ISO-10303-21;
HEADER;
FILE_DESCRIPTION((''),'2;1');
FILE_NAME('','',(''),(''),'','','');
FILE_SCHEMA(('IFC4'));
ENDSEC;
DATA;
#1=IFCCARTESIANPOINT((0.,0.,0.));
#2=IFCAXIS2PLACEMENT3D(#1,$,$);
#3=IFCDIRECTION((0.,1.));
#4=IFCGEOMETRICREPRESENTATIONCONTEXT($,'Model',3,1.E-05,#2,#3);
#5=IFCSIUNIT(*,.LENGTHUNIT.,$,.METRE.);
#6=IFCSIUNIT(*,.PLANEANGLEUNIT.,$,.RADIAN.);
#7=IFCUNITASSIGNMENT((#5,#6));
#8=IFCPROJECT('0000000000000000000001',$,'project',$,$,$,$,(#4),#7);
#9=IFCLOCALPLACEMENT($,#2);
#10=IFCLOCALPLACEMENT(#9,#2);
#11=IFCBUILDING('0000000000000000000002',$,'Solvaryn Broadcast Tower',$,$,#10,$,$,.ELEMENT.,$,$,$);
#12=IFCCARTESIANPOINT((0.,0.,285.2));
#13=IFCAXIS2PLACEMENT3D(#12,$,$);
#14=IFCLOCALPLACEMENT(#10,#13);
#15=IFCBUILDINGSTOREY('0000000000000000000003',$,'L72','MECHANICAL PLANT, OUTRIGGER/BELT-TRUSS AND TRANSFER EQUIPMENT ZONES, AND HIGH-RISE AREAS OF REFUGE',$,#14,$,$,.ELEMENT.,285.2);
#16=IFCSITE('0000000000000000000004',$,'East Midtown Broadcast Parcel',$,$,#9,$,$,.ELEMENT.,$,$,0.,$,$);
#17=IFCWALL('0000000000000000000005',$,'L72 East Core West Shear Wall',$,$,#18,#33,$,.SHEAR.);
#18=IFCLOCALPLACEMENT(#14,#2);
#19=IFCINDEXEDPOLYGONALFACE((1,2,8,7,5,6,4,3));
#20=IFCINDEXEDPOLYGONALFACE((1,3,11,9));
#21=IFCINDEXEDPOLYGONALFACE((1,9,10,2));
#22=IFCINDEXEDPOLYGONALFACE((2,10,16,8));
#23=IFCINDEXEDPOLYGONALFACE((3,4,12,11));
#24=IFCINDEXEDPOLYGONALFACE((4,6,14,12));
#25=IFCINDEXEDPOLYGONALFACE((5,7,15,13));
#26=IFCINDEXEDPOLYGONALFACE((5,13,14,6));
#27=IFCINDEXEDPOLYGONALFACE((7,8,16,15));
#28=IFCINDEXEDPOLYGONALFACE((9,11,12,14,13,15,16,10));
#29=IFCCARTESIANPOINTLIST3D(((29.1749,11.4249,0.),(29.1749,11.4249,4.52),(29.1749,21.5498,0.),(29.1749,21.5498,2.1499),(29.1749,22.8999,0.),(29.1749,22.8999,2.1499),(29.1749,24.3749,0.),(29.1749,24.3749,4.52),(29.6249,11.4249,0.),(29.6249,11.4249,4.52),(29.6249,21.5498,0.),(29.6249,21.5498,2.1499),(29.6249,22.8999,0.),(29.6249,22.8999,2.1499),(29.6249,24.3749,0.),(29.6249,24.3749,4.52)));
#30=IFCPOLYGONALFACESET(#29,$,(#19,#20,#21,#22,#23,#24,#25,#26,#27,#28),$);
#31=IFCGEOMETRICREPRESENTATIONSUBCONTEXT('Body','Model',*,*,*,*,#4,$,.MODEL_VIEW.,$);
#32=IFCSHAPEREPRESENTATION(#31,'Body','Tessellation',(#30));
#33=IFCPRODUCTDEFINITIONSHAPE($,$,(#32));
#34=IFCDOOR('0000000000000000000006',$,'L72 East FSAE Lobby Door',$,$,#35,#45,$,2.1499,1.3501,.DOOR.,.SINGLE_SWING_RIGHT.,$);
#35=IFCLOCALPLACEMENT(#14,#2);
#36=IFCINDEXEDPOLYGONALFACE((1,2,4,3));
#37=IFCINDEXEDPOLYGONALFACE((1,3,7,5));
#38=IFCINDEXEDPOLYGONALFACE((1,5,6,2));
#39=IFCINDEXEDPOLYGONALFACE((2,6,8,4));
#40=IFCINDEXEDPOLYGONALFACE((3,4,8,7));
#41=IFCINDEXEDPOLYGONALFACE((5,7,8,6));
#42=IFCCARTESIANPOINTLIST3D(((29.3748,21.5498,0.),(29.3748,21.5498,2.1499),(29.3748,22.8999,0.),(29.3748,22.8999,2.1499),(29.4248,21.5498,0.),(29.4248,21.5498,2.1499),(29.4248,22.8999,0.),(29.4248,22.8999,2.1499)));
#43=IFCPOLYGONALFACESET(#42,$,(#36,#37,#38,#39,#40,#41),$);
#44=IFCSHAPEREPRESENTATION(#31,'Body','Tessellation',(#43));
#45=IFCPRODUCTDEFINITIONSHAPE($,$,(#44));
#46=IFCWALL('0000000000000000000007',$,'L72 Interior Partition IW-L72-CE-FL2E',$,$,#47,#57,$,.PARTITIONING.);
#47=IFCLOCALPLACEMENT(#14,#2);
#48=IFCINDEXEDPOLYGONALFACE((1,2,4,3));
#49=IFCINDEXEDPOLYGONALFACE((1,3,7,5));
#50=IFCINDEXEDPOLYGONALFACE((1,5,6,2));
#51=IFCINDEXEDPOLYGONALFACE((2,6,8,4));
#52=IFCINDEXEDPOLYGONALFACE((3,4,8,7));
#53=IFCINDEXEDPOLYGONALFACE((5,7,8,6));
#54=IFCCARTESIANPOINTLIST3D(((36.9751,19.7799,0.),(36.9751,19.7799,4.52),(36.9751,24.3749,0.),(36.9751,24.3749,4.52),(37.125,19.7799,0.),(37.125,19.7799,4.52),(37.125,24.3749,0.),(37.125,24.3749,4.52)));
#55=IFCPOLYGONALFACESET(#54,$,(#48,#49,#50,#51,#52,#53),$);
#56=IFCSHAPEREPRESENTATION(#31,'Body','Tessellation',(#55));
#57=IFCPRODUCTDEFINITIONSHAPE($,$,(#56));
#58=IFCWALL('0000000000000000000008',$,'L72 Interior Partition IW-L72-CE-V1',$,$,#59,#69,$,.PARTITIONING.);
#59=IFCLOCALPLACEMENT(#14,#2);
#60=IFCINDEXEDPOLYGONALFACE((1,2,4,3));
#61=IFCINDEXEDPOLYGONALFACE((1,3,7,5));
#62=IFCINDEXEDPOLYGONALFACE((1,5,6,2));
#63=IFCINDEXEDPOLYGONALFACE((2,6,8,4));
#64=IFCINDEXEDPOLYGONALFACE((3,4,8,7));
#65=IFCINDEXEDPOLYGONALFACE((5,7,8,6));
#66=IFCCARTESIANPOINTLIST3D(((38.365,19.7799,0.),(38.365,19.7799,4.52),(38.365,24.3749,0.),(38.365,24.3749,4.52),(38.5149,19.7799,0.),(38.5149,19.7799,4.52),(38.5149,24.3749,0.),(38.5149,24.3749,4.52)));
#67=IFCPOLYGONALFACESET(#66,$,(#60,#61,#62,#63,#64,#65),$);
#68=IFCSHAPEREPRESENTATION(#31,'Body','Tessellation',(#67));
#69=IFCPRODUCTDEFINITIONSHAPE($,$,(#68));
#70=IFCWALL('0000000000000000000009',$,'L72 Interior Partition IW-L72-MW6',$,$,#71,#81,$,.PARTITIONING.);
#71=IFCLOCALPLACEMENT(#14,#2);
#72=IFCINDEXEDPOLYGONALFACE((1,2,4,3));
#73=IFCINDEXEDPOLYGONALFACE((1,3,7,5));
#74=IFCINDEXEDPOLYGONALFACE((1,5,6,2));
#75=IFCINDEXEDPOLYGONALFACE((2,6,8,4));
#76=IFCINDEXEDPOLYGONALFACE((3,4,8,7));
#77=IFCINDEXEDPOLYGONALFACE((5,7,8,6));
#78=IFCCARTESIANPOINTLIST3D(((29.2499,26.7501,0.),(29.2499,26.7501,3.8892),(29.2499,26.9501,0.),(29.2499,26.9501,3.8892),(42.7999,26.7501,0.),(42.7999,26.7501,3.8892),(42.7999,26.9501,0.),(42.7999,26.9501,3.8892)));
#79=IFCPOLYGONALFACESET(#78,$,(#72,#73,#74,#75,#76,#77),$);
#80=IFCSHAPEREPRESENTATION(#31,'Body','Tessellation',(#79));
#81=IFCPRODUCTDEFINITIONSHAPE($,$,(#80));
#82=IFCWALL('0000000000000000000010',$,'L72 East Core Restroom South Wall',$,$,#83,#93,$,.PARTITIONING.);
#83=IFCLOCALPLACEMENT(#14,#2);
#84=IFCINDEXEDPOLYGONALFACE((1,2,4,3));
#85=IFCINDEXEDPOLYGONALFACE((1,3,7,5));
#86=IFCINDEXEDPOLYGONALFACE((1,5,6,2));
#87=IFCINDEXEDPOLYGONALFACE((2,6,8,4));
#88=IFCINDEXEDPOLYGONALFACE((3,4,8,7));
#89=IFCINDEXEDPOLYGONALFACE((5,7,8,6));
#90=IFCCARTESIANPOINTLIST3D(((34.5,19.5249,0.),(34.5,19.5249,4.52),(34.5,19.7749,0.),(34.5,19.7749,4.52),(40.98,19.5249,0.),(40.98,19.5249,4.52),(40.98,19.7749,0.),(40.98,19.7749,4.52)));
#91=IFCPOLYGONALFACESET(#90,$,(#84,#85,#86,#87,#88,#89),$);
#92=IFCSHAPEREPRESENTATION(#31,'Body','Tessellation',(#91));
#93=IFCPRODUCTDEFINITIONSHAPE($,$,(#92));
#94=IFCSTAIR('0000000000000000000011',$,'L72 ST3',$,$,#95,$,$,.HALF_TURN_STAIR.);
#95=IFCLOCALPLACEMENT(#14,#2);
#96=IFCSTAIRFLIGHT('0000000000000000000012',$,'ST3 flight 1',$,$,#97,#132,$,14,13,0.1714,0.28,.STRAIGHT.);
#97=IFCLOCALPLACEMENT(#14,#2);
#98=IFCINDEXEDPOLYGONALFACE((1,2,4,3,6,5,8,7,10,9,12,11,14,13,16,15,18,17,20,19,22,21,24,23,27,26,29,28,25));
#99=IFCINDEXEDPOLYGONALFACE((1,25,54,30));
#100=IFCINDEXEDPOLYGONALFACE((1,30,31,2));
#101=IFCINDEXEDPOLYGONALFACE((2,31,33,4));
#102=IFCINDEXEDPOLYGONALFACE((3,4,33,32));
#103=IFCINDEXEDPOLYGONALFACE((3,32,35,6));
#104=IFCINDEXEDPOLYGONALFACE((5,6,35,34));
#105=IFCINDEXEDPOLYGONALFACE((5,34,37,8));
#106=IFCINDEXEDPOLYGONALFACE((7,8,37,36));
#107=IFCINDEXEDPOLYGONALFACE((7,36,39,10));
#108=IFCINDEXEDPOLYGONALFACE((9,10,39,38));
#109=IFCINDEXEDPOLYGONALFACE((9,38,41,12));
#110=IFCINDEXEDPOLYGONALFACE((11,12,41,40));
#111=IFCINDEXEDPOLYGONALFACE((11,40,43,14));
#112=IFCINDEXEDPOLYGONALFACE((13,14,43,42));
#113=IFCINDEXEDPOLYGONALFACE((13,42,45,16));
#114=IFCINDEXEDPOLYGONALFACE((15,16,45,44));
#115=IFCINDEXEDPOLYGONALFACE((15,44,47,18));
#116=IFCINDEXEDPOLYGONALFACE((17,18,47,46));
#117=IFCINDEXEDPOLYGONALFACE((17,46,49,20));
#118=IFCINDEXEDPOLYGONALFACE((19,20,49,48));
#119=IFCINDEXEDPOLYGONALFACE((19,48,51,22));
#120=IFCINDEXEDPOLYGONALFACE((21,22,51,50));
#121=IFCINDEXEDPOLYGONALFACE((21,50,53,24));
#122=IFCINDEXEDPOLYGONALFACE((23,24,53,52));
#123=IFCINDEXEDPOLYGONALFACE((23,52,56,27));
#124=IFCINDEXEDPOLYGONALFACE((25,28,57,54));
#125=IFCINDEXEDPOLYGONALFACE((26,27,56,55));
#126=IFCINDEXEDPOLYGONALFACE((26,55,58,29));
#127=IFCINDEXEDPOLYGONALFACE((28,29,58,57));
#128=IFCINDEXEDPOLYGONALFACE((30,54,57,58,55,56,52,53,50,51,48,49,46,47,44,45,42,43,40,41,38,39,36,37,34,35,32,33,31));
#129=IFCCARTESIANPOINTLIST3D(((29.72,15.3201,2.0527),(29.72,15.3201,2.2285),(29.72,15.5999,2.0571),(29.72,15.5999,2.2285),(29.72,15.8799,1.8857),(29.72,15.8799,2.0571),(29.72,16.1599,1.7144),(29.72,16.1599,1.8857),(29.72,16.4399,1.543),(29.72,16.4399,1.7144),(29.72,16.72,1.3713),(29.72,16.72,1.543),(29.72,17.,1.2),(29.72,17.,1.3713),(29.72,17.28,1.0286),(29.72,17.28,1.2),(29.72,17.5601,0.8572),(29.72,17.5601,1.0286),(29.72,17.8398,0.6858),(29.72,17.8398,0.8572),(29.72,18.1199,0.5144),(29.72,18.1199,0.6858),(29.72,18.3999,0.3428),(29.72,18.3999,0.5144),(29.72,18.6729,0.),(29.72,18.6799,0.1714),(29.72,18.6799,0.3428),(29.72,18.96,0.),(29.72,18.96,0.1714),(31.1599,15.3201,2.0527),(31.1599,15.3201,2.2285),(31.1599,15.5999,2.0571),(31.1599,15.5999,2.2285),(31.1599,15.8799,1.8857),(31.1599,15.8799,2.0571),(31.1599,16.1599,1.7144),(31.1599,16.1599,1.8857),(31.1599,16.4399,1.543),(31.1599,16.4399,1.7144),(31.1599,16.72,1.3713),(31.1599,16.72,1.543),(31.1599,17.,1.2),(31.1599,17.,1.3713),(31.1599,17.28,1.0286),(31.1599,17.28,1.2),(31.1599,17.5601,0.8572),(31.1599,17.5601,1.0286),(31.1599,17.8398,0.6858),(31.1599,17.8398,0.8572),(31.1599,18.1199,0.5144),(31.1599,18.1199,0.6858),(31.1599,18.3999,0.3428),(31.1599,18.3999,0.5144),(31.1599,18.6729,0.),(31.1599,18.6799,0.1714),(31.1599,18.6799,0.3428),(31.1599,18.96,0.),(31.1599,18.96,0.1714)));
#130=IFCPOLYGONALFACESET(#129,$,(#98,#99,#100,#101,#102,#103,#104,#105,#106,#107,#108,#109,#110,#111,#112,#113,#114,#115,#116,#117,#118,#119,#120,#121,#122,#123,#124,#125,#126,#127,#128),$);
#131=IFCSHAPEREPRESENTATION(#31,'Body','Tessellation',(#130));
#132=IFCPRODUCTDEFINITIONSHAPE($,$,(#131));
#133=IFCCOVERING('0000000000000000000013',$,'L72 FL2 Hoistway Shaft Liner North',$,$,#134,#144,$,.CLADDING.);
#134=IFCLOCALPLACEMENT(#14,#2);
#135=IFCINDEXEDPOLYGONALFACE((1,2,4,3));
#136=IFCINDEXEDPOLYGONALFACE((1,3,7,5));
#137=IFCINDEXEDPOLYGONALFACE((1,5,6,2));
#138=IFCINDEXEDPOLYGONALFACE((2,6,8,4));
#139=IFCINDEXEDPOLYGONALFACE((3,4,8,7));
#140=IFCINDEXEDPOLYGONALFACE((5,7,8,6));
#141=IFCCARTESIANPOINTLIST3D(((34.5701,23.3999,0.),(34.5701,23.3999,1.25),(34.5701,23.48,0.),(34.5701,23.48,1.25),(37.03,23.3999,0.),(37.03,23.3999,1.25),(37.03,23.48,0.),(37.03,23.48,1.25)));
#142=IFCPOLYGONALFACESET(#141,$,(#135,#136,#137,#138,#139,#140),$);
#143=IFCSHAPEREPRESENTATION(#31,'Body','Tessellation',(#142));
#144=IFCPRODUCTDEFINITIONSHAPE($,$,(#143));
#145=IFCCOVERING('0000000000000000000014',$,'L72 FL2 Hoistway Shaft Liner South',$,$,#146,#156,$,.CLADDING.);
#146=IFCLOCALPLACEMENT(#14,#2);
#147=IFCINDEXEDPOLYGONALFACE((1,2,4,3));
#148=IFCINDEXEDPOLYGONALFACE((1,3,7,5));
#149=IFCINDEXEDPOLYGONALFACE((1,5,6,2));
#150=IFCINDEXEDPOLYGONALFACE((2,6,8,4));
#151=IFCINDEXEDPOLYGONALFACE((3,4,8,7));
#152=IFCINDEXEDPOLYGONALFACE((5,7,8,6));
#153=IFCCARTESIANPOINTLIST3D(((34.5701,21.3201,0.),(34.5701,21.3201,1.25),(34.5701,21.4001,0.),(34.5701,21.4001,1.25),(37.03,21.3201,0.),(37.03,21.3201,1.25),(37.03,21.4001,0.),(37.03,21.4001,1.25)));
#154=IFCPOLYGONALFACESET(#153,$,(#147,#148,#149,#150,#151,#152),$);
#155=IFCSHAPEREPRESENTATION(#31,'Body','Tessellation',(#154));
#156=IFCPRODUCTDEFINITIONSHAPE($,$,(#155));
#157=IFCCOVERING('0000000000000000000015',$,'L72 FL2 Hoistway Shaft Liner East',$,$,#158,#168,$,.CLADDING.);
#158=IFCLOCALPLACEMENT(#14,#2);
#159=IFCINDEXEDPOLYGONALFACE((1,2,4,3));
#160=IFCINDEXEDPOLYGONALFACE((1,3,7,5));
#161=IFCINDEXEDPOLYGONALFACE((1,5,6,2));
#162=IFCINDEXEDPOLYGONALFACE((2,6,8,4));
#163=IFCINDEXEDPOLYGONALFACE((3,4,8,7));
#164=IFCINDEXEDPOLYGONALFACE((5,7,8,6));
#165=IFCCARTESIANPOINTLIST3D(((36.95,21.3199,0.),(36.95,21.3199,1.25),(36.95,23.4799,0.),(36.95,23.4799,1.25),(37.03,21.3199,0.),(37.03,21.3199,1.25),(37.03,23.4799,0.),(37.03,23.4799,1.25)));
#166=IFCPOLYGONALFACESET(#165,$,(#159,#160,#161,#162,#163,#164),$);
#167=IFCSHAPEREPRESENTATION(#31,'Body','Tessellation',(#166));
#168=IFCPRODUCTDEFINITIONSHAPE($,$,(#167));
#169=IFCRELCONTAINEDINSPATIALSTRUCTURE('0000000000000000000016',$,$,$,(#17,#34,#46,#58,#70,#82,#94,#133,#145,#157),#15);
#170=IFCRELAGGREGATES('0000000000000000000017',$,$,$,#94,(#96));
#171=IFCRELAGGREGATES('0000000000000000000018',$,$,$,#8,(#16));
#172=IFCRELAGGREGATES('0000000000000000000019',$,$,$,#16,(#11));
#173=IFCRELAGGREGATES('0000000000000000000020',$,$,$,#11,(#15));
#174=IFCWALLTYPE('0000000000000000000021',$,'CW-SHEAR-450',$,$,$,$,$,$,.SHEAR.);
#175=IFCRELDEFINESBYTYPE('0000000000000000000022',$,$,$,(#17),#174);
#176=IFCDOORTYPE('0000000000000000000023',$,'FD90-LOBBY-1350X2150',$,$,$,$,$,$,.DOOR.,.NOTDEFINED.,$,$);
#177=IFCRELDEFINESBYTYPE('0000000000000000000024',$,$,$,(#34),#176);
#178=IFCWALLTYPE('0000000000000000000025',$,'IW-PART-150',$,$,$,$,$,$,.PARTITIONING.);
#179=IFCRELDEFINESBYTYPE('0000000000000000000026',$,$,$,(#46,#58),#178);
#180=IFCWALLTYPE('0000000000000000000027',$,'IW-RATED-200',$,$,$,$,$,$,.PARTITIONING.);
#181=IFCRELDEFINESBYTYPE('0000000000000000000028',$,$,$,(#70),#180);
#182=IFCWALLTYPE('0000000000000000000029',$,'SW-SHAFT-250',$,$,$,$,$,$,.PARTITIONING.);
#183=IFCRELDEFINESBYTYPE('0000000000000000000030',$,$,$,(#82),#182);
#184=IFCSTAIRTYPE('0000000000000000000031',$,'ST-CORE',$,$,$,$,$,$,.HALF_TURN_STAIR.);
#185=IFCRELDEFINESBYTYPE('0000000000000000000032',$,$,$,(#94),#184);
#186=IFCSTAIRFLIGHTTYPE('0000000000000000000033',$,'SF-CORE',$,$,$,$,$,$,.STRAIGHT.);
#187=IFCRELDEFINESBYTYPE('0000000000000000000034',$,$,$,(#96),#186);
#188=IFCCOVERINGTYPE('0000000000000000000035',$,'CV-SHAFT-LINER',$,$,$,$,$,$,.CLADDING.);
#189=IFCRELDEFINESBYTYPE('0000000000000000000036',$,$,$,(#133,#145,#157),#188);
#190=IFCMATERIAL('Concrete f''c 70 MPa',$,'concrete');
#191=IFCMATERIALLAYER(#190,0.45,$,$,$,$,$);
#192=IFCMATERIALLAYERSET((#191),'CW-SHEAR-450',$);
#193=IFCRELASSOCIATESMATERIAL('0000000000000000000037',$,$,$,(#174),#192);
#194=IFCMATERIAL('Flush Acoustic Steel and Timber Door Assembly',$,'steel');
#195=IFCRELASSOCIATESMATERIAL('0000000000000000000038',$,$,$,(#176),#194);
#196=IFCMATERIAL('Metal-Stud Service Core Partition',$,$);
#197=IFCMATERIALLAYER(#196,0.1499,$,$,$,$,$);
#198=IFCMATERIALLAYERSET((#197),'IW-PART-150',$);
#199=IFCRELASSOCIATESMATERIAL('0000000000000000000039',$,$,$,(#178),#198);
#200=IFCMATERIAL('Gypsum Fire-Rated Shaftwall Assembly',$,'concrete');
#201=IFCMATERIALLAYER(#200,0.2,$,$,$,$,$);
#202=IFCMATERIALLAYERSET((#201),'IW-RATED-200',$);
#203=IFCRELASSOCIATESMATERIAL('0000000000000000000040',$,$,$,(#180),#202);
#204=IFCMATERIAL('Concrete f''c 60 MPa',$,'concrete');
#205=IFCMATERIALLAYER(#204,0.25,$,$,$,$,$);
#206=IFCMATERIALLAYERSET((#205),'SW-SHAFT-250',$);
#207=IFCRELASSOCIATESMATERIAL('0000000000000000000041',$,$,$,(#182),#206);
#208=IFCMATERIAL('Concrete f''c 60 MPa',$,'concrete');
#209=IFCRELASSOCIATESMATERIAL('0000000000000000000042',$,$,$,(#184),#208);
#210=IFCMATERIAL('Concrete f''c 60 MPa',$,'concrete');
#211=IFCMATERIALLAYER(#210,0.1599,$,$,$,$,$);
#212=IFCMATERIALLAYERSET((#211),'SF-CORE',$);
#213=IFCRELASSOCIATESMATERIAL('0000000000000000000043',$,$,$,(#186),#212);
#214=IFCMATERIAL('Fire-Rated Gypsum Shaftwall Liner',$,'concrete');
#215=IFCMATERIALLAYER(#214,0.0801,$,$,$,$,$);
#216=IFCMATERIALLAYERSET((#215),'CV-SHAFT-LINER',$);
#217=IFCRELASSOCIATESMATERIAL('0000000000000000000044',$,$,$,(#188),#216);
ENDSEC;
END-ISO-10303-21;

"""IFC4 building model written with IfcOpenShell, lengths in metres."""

from ifc_helpers import new_model, si_unit, direction, frame, frame_2d, origin, origin_2d, place, context, subcontext, project, spatial, polyline, rectangle, outline, extrude, material, layer, layer_set, type_object, element, fill, aggregate, save


model = new_model("IFC4")

# Units and contexts
model_context = context("Model", 3, precision=1e-05, world=origin(), true_north=direction((0.0, 1.0)))
body_context = subcontext(model_context, "Body", "Model", "MODEL_VIEW")
ifc_project = project(units=[si_unit("LENGTHUNIT", "METRE"), si_unit("PLANEANGLEUNIT", "RADIAN")], contexts=[model_context])

# Site, building, storey
site_placement = place(None, origin())
site = spatial("IfcSite", under=ifc_project, at=site_placement, Name="East Midtown Broadcast Parcel", CompositionType="ELEMENT", RefElevation=0.0)
building_placement = place(site_placement, origin())
building = spatial("IfcBuilding", under=site, at=building_placement, Name="Solvaryn Broadcast Tower", CompositionType="ELEMENT")
storey_placement = place(building_placement, frame((0.0, 0.0, 285.2)))
storey = spatial("IfcBuildingStorey", under=building, at=storey_placement, Name="L72", Description="MECHANICAL PLANT, OUTRIGGER/BELT-TRUSS AND TRANSFER EQUIPMENT ZONES, AND HIGH-RISE AREAS OF REFUGE", CompositionType="ELEMENT", Elevation=285.2)

# Wall, opening, door
ifc_material_1 = material(Name="Concrete f'c 70 MPa", Category="concrete")
ifc_layer_1 = layer(ifc_material_1, 0.45)
ifc_layer_set_1 = layer_set([ifc_layer_1], Name="CW-SHEAR-450")
wall_type_1 = type_object("IfcWallType", Name="CW-SHEAR-450", PredefinedType="SHEAR", material=ifc_layer_set_1)
wall_1_placement = place(storey_placement, frame((29.3999, 24.375, 0.0), z_axis=(0.0, 0.0, 1.0), x_axis=(0.0, -1.0, 0.0)))
wall_1 = element("IfcWall", 1, at=wall_1_placement, inside=storey, type_object=wall_type_1, Name="L72 East Core West Shear Wall", PredefinedType="SHEAR", context=body_context, shape_type="SweptSolid", body=[
    extrude(rectangle(XDim=12.95, YDim=0.45, at=frame_2d((6.4751, 0.0))), origin(), (0.0, 0.0, 1.0), 4.52),
])
opening_1_placement = place(wall_1_placement, frame((1.4751, 0.0, 0.0)))
opening_1 = element("IfcOpeningElement", 2, at=opening_1_placement, cuts=wall_1, PredefinedType="OPENING", context=body_context, shape_type="SweptSolid", body=[
    extrude(rectangle(XDim=1.3501, YDim=2.1499, at=frame_2d((0.675, 1.075))), frame((0.0, 0.2351, 0.0), z_axis=(0.0, -1.0, 0.0), x_axis=(1.0, 0.0, 0.0)), (0.0, 0.0, 1.0), 0.47),
])
ifc_material_2 = material(Name="Flush Acoustic Steel and Timber Door Assembly", Category="steel")
door_type_1 = type_object("IfcDoorType", Name="FD90-LOBBY-1350X2150", OperationType="NOTDEFINED", PredefinedType="DOOR", material=ifc_material_2)
door_1_placement = place(opening_1_placement, origin())
door_1 = element("IfcDoor", 3, at=door_1_placement, inside=storey, type_object=door_type_1, Name="L72 East FSAE Lobby Door", OperationType="SINGLE_SWING_RIGHT", OverallHeight=2.1499, OverallWidth=1.3501, PredefinedType="DOOR", context=body_context, shape_type="SweptSolid", body=[
    extrude(rectangle(XDim=1.3501, YDim=2.1499, at=frame_2d((0.675, 1.075))), frame((0.0, 0.0249, 0.0), z_axis=(0.0, -1.0, 0.0), x_axis=(1.0, 0.0, 0.0)), (0.0, 0.0, 1.0), 0.05),
])
fill(opening_1, door_1)

# Walls
ifc_material_3 = material(Name="Metal-Stud Service Core Partition")
ifc_layer_2 = layer(ifc_material_3, 0.1499)
ifc_layer_set_2 = layer_set([ifc_layer_2], Name="IW-PART-150")
wall_type_2 = type_object("IfcWallType", Name="IW-PART-150", PredefinedType="PARTITIONING", material=ifc_layer_set_2)
for number, where, z_axis, x_axis, name in (
    (4, (37.05, 19.78, 0.0), (0.0, 0.0, 1.0), (0.0, 1.0, 0.0), "L72 Interior Partition IW-L72-CE-FL2E"),
    (5, (38.4399, 19.78, 0.0), (0.0, 0.0, 1.0), (0.0, 1.0, 0.0), "L72 Interior Partition IW-L72-CE-V1"),
):
    element("IfcWall", number, at=place(storey_placement, frame(where, z_axis=z_axis, x_axis=x_axis)), inside=storey, type_object=wall_type_2, Name=name, PredefinedType="PARTITIONING", context=body_context, shape_type="SweptSolid", body=[
        extrude(rectangle(XDim=4.595, YDim=0.1499, at=frame_2d((2.2974, 0.0))), origin(), (0.0, 0.0, 1.0), 4.52),
    ])
ifc_material_4 = material(Name="Gypsum Fire-Rated Shaftwall Assembly", Category="concrete")
ifc_layer_3 = layer(ifc_material_4, 0.2)
ifc_layer_set_3 = layer_set([ifc_layer_3], Name="IW-RATED-200")
wall_type_3 = type_object("IfcWallType", Name="IW-RATED-200", PredefinedType="PARTITIONING", material=ifc_layer_set_3)
wall_2_placement = place(storey_placement, frame((29.25, 26.8501, 0.0), z_axis=(0.0, 0.0, 1.0), x_axis=(1.0, 0.0, 0.0)))
element("IfcWall", 6, at=wall_2_placement, inside=storey, type_object=wall_type_3, Name="L72 Interior Partition IW-L72-MW6", PredefinedType="PARTITIONING", context=body_context, shape_type="SweptSolid", body=[
    extrude(rectangle(XDim=13.55, YDim=0.2, at=frame_2d((6.7749, 0.0))), origin(), (0.0, 0.0, 1.0), 3.8892),
])

# Shared definitions
ifc_material_5 = material(Name="Concrete f'c 60 MPa", Category="concrete")
ifc_layer_4 = layer(ifc_material_5, 0.25)
ifc_layer_set_4 = layer_set([ifc_layer_4], Name="SW-SHAFT-250")
wall_type_4 = type_object("IfcWallType", Name="SW-SHAFT-250", PredefinedType="PARTITIONING", material=ifc_layer_set_4)

# Wall
wall_3_placement = place(storey_placement, frame((34.5, 19.6499, 0.0), z_axis=(0.0, 0.0, 1.0), x_axis=(1.0, 0.0, 0.0)))
element("IfcWall", 7, at=wall_3_placement, inside=storey, type_object=wall_type_4, Name="L72 East Core Restroom South Wall", PredefinedType="PARTITIONING", context=body_context, shape_type="SweptSolid", body=[
    extrude(rectangle(XDim=6.48, YDim=0.25, at=frame_2d((3.24, 0.0))), origin(), (0.0, 0.0, 1.0), 4.52),
])

# Stair, stair flight
ifc_material_6 = material(Name="Concrete f'c 60 MPa", Category="concrete")
stair_type = type_object("IfcStairType", Name="ST-CORE", PredefinedType="HALF_TURN_STAIR", material=ifc_material_6)
stair_placement = place(storey_placement, origin())
stair = element("IfcStair", 8, at=stair_placement, inside=storey, type_object=stair_type, Name="L72 ST3", PredefinedType="HALF_TURN_STAIR")
ifc_material_7 = material(Name="Concrete f'c 60 MPa", Category="concrete")
ifc_layer_5 = layer(ifc_material_7, 0.1599)
ifc_layer_set_5 = layer_set([ifc_layer_5], Name="SF-CORE")
stair_flight_type = type_object("IfcStairFlightType", Name="SF-CORE", PredefinedType="STRAIGHT", material=ifc_layer_set_5)
stair_flight_placement = place(storey_placement, frame((30.4399, 18.96, 0.0), z_axis=(0.0, 0.0, 1.0), x_axis=(0.0, -1.0, 0.0)))
stair_flight = element("IfcStairFlight", 9, at=stair_flight_placement, type_object=stair_flight_type, Name="ST3 flight 1", NumberOfRisers=14, NumberOfTreads=13, PredefinedType="STRAIGHT", RiserHeight=0.1714, TreadLength=0.28, context=body_context, shape_type="SweptSolid", body=[
    extrude(outline(polyline([(0.0, 0.0), (0.0, 0.1714), (0.28, 0.1714), (0.28, 0.3428), (0.5601, 0.3428), (0.5601, 0.5144), (0.8401, 0.5144), (0.8401, 0.6858), (1.1201, 0.6858), (1.1201, 0.8572), (1.3999, 0.8572), (1.3999, 1.0286), (1.6799, 1.0286), (1.6799, 1.2), (1.96, 1.2), (1.96, 1.3713), (2.24, 1.3713), (2.24, 1.543), (2.52, 1.543), (2.52, 1.7144), (2.8, 1.7144), (2.8, 1.8857), (3.0801, 1.8857), (3.0801, 2.0571), (3.3601, 2.0571), (3.3601, 2.2285), (3.6399, 2.2285), (3.6399, 2.3999), (3.6399, 2.0527), (0.2871, 0.0), (0.0, 0.0)])), frame((0.0, 0.72, 0.0), z_axis=(0.0, -1.0, 0.0), x_axis=(1.0, 0.0, 0.0)), (0.0, 0.0, 1.0), 1.4399),
])
aggregate(stair, [stair_flight])

# Coverings
ifc_material_8 = material(Name="Fire-Rated Gypsum Shaftwall Liner", Category="concrete")
ifc_layer_6 = layer(ifc_material_8, 0.0801)
ifc_layer_set_6 = layer_set([ifc_layer_6], Name="CV-SHAFT-LINER")
covering_type = type_object("IfcCoveringType", Name="CV-SHAFT-LINER", PredefinedType="CLADDING", material=ifc_layer_set_6)
for number, where, z_axis, x_axis, name in (
    (10, (35.8, 23.4399, 0.0), (0.0, 0.0, 1.0), (1.0, 0.0, 0.0), "L72 FL2 Hoistway Shaft Liner North"),
    (11, (35.8, 21.3601, 0.0), (0.0, 0.0, 1.0), (1.0, 0.0, 0.0), "L72 FL2 Hoistway Shaft Liner South"),
):
    element("IfcCovering", number, at=place(storey_placement, frame(where, z_axis=z_axis, x_axis=x_axis)), inside=storey, type_object=covering_type, Name=name, PredefinedType="CLADDING", context=body_context, shape_type="SweptSolid", body=[
        extrude(rectangle(XDim=2.46, YDim=0.0801, at=origin_2d()), origin(), (0.0, 0.0, 1.0), 1.25),
    ])
covering_placement = place(storey_placement, frame((36.99, 22.3999, 0.0), z_axis=(0.0, 0.0, 1.0), x_axis=(1.0, 0.0, 0.0)))
element("IfcCovering", 12, at=covering_placement, inside=storey, type_object=covering_type, Name="L72 FL2 Hoistway Shaft Liner East", PredefinedType="CLADDING", context=body_context, shape_type="SweptSolid", body=[
    extrude(rectangle(XDim=0.0801, YDim=2.1599, at=origin_2d()), origin(), (0.0, 0.0, 1.0), 1.25),
])

save(model, "model.ifc")
